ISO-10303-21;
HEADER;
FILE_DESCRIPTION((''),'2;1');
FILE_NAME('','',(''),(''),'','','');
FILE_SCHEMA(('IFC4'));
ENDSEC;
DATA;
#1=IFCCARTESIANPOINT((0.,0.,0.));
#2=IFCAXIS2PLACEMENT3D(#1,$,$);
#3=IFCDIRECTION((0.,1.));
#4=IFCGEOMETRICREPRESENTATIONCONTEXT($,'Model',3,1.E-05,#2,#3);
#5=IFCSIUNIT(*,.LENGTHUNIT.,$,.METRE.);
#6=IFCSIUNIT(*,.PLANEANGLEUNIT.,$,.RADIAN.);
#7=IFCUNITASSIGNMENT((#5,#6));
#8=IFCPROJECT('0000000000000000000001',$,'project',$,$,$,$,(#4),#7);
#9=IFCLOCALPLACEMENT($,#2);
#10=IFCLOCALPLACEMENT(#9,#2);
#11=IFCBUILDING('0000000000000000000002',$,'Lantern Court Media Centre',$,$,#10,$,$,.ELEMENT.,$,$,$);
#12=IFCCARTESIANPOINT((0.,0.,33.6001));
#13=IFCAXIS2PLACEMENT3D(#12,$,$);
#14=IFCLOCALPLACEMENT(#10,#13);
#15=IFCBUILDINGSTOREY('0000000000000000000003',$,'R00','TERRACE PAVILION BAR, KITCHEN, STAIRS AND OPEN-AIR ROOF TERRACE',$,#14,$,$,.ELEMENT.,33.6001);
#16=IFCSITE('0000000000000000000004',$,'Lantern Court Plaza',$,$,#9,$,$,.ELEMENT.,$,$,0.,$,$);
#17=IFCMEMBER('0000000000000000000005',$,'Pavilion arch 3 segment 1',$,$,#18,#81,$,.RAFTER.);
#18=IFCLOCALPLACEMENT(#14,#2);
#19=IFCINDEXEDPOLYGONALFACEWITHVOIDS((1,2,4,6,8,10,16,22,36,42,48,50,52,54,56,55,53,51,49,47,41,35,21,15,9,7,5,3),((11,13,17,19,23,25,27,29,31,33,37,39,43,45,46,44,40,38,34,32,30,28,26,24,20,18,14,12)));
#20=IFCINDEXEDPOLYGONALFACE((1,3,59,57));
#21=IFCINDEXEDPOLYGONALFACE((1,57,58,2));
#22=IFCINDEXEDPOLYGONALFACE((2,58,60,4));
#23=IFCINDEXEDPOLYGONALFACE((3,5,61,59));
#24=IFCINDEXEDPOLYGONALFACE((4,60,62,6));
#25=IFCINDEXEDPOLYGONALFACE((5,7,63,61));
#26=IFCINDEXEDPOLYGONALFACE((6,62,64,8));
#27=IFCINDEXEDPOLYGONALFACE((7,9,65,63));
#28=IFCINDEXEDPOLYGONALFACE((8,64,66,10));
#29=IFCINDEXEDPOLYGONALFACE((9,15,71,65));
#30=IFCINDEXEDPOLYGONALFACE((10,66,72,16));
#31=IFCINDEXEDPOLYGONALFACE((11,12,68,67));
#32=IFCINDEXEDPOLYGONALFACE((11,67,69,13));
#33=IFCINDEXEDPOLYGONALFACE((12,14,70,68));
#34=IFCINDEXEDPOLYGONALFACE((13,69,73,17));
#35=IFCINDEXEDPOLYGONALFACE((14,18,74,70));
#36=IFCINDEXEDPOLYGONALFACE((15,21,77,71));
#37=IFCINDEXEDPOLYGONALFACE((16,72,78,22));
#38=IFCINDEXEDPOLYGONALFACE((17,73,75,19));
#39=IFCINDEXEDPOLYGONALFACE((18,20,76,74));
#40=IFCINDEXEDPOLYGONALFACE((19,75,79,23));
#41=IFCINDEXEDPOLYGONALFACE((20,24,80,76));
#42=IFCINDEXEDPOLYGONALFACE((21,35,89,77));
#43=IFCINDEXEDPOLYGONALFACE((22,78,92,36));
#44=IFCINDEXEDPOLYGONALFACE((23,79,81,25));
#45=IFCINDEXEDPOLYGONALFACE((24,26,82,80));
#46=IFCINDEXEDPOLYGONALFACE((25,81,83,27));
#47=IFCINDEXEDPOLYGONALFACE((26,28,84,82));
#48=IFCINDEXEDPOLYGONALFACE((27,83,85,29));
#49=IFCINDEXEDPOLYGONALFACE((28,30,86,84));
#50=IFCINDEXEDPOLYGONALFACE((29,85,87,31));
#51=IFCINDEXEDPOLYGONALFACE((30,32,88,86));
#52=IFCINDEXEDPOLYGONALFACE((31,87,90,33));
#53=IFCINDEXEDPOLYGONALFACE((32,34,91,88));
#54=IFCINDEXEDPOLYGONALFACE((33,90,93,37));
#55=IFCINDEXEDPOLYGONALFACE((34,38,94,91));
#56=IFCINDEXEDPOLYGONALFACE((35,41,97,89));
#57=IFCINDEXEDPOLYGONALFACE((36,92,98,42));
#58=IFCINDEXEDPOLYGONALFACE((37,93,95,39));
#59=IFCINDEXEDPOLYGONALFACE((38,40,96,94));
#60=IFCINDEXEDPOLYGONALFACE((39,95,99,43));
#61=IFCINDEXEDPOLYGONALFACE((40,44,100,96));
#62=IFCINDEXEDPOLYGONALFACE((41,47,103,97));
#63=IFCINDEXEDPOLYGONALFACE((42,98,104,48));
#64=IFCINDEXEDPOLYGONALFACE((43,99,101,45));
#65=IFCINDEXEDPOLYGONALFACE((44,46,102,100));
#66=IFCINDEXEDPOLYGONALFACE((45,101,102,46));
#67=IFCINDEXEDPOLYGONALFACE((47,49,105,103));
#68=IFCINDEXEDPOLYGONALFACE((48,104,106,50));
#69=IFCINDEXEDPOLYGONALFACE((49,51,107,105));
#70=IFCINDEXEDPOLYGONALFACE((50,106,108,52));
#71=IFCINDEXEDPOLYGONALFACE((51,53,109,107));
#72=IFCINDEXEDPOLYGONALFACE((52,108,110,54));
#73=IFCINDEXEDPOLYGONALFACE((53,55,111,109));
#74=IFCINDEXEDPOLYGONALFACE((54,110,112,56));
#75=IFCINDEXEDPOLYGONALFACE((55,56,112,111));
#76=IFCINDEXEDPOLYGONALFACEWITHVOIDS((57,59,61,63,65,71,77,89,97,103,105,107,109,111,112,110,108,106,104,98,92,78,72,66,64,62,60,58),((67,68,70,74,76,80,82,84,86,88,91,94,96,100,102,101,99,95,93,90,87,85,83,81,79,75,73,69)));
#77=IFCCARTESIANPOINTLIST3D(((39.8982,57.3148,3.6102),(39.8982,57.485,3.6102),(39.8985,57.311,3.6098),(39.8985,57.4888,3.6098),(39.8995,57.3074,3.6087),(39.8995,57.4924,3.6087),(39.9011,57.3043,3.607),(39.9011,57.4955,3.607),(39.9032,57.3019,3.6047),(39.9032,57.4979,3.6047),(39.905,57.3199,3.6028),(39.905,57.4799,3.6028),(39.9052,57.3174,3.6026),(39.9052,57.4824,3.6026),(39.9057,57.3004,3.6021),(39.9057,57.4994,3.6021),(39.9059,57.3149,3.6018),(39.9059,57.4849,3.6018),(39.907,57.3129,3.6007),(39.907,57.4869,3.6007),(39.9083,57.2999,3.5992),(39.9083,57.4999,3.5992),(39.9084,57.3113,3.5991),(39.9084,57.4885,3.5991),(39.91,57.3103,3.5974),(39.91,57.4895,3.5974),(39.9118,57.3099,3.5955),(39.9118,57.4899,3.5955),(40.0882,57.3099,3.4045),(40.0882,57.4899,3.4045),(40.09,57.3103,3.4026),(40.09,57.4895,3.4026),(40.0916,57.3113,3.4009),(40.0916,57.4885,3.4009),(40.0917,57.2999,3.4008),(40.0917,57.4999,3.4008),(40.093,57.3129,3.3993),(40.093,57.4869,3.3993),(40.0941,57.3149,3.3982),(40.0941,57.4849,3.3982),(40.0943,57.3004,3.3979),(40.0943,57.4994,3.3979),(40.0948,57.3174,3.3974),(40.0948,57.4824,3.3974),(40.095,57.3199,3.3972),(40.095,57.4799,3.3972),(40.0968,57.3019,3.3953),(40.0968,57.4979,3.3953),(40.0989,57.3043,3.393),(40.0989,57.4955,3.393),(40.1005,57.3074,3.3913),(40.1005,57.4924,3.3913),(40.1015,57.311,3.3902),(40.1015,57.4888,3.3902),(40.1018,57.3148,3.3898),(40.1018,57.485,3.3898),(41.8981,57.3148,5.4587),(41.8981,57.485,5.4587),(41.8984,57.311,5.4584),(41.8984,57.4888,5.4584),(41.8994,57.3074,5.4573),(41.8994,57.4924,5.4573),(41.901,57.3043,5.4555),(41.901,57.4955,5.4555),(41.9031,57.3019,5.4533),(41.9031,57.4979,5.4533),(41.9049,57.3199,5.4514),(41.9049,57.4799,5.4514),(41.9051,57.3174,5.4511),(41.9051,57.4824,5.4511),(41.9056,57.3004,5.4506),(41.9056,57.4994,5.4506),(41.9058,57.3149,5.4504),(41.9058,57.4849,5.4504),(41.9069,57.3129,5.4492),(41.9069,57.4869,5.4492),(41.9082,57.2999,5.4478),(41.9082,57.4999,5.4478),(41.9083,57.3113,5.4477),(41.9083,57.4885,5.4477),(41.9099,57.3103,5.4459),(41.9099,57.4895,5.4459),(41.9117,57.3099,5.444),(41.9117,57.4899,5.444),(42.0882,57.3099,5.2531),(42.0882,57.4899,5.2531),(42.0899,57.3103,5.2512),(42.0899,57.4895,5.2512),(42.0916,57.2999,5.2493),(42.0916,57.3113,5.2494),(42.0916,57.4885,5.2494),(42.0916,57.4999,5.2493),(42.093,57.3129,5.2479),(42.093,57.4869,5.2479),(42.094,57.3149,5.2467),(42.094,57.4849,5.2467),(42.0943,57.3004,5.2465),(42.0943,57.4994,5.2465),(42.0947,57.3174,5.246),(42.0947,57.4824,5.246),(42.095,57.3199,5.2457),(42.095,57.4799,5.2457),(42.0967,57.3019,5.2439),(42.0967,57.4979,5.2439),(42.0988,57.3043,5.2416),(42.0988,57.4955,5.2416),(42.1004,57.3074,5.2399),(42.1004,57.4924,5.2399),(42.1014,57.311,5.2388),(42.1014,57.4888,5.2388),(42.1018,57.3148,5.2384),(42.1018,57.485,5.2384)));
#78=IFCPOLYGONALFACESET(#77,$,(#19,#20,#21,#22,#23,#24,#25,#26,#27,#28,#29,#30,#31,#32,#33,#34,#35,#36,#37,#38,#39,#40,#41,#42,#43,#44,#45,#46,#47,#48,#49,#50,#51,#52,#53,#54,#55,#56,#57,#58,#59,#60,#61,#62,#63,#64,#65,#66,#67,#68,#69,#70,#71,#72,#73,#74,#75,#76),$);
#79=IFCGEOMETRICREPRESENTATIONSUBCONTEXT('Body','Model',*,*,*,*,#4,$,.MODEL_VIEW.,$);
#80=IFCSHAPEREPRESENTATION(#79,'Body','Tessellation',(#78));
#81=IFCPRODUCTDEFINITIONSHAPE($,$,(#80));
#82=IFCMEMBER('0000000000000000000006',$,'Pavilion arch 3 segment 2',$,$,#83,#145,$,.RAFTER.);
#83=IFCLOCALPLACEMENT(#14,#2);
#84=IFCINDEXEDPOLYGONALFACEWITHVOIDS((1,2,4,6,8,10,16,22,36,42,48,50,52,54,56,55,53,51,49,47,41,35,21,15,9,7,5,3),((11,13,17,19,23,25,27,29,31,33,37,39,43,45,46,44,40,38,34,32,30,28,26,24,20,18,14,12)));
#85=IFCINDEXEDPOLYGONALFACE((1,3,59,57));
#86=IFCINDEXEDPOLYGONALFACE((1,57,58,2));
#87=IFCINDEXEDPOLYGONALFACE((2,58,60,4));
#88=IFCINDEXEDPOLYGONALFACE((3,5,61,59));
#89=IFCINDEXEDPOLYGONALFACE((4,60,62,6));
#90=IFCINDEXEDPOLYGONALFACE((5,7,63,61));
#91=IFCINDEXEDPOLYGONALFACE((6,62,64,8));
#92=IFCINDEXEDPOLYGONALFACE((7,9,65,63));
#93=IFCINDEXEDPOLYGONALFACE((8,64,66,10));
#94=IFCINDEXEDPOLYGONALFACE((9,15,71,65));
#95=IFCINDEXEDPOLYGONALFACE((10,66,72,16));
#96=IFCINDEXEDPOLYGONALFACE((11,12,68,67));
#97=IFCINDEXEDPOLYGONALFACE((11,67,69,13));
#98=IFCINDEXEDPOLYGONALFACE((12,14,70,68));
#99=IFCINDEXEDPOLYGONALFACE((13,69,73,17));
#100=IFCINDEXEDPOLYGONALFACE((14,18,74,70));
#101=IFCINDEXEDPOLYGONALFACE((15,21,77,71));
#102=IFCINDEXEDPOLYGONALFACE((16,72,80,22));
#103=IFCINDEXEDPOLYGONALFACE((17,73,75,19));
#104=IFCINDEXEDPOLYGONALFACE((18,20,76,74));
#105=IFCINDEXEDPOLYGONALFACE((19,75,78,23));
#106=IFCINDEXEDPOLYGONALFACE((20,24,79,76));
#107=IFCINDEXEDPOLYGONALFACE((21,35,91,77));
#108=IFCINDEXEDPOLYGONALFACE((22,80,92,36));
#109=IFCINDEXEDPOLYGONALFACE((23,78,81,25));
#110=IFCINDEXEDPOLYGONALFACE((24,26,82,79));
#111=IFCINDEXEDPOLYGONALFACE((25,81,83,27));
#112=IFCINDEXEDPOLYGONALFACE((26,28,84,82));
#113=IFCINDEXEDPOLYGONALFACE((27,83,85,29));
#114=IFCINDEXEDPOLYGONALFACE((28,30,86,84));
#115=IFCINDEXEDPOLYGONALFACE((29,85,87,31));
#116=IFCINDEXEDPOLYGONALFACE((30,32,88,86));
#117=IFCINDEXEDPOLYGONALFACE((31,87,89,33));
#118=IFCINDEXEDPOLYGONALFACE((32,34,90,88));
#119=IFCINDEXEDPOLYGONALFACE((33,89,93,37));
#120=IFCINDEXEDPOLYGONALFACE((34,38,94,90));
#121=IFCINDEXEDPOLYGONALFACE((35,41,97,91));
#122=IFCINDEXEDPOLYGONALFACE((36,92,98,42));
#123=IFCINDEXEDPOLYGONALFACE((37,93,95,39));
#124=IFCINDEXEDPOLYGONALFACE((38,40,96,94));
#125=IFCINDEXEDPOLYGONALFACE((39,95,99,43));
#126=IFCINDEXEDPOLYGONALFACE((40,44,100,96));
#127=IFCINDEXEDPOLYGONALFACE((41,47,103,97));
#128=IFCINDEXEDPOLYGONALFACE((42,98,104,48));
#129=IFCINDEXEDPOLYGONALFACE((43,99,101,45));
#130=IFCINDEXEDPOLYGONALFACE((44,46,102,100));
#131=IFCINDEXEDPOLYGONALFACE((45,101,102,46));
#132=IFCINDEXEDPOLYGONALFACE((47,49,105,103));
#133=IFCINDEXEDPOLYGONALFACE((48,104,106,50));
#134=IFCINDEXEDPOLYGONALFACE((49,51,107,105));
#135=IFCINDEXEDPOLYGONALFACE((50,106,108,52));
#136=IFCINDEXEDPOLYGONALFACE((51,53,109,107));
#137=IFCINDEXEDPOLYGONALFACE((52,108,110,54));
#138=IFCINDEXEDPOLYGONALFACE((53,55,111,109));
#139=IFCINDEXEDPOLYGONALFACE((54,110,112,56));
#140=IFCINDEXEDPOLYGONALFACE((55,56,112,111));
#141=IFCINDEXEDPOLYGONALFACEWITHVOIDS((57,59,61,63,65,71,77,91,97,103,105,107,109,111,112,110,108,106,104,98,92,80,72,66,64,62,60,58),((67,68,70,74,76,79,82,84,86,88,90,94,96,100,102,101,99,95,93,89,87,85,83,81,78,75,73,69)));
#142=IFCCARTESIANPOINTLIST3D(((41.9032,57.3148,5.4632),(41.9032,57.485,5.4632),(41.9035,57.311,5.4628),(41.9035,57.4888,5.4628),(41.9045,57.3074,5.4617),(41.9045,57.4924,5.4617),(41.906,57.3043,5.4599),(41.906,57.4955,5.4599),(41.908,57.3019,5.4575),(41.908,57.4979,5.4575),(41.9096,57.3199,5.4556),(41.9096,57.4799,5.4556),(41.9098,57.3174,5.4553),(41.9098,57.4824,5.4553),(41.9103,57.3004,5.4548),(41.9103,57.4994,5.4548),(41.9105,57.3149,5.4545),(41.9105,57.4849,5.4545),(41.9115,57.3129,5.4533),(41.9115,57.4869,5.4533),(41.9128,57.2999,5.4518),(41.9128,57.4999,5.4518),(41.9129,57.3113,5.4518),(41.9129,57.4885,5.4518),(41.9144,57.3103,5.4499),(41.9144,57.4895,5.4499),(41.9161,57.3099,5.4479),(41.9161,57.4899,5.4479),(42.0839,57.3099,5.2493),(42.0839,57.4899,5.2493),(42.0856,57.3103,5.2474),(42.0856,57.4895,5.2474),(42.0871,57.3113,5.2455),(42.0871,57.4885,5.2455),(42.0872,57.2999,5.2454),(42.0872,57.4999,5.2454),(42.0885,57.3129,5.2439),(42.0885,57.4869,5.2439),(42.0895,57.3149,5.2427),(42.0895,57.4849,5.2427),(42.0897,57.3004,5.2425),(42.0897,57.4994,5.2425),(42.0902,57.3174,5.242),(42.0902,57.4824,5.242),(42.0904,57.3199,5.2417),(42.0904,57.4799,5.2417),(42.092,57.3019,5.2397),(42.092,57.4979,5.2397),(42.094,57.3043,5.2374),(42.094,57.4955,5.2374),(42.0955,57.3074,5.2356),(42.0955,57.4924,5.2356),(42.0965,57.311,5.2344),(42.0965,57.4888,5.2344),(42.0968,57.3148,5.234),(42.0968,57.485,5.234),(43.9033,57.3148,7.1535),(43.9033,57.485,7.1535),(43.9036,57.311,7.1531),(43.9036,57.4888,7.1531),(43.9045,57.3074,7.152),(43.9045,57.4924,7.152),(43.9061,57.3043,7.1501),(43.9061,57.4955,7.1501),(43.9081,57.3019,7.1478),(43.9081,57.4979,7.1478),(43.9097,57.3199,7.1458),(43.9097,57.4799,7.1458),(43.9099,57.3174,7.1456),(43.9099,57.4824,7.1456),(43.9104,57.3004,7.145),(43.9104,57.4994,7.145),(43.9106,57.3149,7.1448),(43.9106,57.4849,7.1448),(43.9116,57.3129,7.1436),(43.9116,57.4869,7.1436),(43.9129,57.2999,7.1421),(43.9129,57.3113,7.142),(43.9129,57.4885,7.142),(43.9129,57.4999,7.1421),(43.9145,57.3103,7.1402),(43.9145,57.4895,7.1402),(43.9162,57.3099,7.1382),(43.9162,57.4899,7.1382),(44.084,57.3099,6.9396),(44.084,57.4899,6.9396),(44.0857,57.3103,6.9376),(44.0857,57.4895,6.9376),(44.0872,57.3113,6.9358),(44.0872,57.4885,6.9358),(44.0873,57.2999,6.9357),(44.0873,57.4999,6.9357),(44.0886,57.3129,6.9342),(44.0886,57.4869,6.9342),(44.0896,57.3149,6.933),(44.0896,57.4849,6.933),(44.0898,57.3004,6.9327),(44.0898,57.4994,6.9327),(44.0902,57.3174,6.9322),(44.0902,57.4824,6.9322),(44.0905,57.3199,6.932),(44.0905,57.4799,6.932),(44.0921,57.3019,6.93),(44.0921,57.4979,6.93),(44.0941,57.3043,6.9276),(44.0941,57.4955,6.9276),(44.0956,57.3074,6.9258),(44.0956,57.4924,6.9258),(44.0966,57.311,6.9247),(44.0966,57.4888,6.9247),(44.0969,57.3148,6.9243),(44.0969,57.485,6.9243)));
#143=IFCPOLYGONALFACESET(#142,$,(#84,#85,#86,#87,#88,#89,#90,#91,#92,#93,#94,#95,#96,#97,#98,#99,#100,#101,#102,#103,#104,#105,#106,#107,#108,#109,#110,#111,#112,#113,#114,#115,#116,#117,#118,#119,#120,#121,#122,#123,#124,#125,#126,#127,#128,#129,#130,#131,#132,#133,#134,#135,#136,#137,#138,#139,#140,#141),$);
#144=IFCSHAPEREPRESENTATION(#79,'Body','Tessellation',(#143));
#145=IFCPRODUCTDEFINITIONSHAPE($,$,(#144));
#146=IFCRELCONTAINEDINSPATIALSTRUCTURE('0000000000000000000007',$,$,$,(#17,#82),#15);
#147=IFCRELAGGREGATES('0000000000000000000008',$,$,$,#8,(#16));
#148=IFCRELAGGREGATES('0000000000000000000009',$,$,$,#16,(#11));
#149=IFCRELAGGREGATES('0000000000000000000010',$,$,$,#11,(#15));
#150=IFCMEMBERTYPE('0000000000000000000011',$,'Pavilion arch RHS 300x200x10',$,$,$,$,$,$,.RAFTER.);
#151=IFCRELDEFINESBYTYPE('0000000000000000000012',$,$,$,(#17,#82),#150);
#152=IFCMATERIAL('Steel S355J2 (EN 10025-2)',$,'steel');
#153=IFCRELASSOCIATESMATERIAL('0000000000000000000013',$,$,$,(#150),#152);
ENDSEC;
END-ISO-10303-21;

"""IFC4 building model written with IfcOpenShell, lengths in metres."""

from ifc_helpers import new_model, si_unit, direction, frame, origin, origin_2d, place, context, subcontext, project, spatial, hollow_rectangle, extrude, material, material_profile, profile_set, type_object, element, save


model = new_model("IFC4")

# Units and contexts
model_context = context("Model", 3, precision=1e-05, world=origin(), true_north=direction((0.0, 1.0)))
body_context = subcontext(model_context, "Body", "Model", "MODEL_VIEW")
ifc_project = project(units=[si_unit("LENGTHUNIT", "METRE"), si_unit("PLANEANGLEUNIT", "RADIAN")], contexts=[model_context])

# Site, building, storey
site_placement = place(None, origin())
site = spatial("IfcSite", under=ifc_project, at=site_placement, Name="Lantern Court Plaza", CompositionType="ELEMENT", RefElevation=0.0)
building_placement = place(site_placement, origin())
building = spatial("IfcBuilding", under=site, at=building_placement, Name="Lantern Court Media Centre", CompositionType="ELEMENT")
storey_placement = place(building_placement, frame((0.0, 0.0, 33.6001)))
storey = spatial("IfcBuildingStorey", under=building, at=storey_placement, Name="R00", Description="TERRACE PAVILION BAR, KITCHEN, STAIRS AND OPEN-AIR ROOF TERRACE", CompositionType="ELEMENT", Elevation=33.6001)

# Shared definitions
ifc_material_1 = material(Name="Steel S355J2 (EN 10025-2)", Category="steel")

# Members
ifc_material_profile_1 = material_profile(ifc_material_1, hollow_rectangle(XDim=0.2, YDim=0.3, WallThickness=0.01, InnerFilletRadius=0.01, OuterFilletRadius=0.0149, at=origin_2d()), Name="Pavilion arch RHS 300x200x10")
ifc_profile_set_1 = profile_set([ifc_material_profile_1], Name="Steel S355J2 (EN 10025-2)")
member_type_1 = type_object("IfcMemberType", Name="Pavilion arch RHS 300x200x10", PredefinedType="RAFTER", material=ifc_profile_set_1)
member_1_placement = place(storey_placement, frame((40.0, 57.3999, 3.5), z_axis=(0.73435, 0.0, 0.678771), x_axis=(0.0, 1.0, 0.0)))
element("IfcMember", 1, at=member_1_placement, inside=storey, type_object=member_type_1, Name="Pavilion arch 3 segment 1", PredefinedType="RAFTER", context=body_context, shape_type="SweptSolid", body=[
    extrude(hollow_rectangle(XDim=0.2, YDim=0.3, WallThickness=0.01, InnerFilletRadius=0.01, OuterFilletRadius=0.0149, at=origin_2d()), origin(), (0.0, 0.0, 1.0), 2.7234),
])
member_2_placement = place(storey_placement, frame((42.0, 57.3999, 5.3486), z_axis=(0.763786, 0.0, 0.64547), x_axis=(0.0, 1.0, 0.0)))
element("IfcMember", 2, at=member_2_placement, inside=storey, type_object=member_type_1, Name="Pavilion arch 3 segment 2", PredefinedType="RAFTER", context=body_context, shape_type="SweptSolid", body=[
    extrude(hollow_rectangle(XDim=0.2, YDim=0.3, WallThickness=0.01, InnerFilletRadius=0.01, OuterFilletRadius=0.0149, at=origin_2d()), origin(), (0.0, 0.0, 1.0), 2.6187),
])

save(model, "model.ifc")
